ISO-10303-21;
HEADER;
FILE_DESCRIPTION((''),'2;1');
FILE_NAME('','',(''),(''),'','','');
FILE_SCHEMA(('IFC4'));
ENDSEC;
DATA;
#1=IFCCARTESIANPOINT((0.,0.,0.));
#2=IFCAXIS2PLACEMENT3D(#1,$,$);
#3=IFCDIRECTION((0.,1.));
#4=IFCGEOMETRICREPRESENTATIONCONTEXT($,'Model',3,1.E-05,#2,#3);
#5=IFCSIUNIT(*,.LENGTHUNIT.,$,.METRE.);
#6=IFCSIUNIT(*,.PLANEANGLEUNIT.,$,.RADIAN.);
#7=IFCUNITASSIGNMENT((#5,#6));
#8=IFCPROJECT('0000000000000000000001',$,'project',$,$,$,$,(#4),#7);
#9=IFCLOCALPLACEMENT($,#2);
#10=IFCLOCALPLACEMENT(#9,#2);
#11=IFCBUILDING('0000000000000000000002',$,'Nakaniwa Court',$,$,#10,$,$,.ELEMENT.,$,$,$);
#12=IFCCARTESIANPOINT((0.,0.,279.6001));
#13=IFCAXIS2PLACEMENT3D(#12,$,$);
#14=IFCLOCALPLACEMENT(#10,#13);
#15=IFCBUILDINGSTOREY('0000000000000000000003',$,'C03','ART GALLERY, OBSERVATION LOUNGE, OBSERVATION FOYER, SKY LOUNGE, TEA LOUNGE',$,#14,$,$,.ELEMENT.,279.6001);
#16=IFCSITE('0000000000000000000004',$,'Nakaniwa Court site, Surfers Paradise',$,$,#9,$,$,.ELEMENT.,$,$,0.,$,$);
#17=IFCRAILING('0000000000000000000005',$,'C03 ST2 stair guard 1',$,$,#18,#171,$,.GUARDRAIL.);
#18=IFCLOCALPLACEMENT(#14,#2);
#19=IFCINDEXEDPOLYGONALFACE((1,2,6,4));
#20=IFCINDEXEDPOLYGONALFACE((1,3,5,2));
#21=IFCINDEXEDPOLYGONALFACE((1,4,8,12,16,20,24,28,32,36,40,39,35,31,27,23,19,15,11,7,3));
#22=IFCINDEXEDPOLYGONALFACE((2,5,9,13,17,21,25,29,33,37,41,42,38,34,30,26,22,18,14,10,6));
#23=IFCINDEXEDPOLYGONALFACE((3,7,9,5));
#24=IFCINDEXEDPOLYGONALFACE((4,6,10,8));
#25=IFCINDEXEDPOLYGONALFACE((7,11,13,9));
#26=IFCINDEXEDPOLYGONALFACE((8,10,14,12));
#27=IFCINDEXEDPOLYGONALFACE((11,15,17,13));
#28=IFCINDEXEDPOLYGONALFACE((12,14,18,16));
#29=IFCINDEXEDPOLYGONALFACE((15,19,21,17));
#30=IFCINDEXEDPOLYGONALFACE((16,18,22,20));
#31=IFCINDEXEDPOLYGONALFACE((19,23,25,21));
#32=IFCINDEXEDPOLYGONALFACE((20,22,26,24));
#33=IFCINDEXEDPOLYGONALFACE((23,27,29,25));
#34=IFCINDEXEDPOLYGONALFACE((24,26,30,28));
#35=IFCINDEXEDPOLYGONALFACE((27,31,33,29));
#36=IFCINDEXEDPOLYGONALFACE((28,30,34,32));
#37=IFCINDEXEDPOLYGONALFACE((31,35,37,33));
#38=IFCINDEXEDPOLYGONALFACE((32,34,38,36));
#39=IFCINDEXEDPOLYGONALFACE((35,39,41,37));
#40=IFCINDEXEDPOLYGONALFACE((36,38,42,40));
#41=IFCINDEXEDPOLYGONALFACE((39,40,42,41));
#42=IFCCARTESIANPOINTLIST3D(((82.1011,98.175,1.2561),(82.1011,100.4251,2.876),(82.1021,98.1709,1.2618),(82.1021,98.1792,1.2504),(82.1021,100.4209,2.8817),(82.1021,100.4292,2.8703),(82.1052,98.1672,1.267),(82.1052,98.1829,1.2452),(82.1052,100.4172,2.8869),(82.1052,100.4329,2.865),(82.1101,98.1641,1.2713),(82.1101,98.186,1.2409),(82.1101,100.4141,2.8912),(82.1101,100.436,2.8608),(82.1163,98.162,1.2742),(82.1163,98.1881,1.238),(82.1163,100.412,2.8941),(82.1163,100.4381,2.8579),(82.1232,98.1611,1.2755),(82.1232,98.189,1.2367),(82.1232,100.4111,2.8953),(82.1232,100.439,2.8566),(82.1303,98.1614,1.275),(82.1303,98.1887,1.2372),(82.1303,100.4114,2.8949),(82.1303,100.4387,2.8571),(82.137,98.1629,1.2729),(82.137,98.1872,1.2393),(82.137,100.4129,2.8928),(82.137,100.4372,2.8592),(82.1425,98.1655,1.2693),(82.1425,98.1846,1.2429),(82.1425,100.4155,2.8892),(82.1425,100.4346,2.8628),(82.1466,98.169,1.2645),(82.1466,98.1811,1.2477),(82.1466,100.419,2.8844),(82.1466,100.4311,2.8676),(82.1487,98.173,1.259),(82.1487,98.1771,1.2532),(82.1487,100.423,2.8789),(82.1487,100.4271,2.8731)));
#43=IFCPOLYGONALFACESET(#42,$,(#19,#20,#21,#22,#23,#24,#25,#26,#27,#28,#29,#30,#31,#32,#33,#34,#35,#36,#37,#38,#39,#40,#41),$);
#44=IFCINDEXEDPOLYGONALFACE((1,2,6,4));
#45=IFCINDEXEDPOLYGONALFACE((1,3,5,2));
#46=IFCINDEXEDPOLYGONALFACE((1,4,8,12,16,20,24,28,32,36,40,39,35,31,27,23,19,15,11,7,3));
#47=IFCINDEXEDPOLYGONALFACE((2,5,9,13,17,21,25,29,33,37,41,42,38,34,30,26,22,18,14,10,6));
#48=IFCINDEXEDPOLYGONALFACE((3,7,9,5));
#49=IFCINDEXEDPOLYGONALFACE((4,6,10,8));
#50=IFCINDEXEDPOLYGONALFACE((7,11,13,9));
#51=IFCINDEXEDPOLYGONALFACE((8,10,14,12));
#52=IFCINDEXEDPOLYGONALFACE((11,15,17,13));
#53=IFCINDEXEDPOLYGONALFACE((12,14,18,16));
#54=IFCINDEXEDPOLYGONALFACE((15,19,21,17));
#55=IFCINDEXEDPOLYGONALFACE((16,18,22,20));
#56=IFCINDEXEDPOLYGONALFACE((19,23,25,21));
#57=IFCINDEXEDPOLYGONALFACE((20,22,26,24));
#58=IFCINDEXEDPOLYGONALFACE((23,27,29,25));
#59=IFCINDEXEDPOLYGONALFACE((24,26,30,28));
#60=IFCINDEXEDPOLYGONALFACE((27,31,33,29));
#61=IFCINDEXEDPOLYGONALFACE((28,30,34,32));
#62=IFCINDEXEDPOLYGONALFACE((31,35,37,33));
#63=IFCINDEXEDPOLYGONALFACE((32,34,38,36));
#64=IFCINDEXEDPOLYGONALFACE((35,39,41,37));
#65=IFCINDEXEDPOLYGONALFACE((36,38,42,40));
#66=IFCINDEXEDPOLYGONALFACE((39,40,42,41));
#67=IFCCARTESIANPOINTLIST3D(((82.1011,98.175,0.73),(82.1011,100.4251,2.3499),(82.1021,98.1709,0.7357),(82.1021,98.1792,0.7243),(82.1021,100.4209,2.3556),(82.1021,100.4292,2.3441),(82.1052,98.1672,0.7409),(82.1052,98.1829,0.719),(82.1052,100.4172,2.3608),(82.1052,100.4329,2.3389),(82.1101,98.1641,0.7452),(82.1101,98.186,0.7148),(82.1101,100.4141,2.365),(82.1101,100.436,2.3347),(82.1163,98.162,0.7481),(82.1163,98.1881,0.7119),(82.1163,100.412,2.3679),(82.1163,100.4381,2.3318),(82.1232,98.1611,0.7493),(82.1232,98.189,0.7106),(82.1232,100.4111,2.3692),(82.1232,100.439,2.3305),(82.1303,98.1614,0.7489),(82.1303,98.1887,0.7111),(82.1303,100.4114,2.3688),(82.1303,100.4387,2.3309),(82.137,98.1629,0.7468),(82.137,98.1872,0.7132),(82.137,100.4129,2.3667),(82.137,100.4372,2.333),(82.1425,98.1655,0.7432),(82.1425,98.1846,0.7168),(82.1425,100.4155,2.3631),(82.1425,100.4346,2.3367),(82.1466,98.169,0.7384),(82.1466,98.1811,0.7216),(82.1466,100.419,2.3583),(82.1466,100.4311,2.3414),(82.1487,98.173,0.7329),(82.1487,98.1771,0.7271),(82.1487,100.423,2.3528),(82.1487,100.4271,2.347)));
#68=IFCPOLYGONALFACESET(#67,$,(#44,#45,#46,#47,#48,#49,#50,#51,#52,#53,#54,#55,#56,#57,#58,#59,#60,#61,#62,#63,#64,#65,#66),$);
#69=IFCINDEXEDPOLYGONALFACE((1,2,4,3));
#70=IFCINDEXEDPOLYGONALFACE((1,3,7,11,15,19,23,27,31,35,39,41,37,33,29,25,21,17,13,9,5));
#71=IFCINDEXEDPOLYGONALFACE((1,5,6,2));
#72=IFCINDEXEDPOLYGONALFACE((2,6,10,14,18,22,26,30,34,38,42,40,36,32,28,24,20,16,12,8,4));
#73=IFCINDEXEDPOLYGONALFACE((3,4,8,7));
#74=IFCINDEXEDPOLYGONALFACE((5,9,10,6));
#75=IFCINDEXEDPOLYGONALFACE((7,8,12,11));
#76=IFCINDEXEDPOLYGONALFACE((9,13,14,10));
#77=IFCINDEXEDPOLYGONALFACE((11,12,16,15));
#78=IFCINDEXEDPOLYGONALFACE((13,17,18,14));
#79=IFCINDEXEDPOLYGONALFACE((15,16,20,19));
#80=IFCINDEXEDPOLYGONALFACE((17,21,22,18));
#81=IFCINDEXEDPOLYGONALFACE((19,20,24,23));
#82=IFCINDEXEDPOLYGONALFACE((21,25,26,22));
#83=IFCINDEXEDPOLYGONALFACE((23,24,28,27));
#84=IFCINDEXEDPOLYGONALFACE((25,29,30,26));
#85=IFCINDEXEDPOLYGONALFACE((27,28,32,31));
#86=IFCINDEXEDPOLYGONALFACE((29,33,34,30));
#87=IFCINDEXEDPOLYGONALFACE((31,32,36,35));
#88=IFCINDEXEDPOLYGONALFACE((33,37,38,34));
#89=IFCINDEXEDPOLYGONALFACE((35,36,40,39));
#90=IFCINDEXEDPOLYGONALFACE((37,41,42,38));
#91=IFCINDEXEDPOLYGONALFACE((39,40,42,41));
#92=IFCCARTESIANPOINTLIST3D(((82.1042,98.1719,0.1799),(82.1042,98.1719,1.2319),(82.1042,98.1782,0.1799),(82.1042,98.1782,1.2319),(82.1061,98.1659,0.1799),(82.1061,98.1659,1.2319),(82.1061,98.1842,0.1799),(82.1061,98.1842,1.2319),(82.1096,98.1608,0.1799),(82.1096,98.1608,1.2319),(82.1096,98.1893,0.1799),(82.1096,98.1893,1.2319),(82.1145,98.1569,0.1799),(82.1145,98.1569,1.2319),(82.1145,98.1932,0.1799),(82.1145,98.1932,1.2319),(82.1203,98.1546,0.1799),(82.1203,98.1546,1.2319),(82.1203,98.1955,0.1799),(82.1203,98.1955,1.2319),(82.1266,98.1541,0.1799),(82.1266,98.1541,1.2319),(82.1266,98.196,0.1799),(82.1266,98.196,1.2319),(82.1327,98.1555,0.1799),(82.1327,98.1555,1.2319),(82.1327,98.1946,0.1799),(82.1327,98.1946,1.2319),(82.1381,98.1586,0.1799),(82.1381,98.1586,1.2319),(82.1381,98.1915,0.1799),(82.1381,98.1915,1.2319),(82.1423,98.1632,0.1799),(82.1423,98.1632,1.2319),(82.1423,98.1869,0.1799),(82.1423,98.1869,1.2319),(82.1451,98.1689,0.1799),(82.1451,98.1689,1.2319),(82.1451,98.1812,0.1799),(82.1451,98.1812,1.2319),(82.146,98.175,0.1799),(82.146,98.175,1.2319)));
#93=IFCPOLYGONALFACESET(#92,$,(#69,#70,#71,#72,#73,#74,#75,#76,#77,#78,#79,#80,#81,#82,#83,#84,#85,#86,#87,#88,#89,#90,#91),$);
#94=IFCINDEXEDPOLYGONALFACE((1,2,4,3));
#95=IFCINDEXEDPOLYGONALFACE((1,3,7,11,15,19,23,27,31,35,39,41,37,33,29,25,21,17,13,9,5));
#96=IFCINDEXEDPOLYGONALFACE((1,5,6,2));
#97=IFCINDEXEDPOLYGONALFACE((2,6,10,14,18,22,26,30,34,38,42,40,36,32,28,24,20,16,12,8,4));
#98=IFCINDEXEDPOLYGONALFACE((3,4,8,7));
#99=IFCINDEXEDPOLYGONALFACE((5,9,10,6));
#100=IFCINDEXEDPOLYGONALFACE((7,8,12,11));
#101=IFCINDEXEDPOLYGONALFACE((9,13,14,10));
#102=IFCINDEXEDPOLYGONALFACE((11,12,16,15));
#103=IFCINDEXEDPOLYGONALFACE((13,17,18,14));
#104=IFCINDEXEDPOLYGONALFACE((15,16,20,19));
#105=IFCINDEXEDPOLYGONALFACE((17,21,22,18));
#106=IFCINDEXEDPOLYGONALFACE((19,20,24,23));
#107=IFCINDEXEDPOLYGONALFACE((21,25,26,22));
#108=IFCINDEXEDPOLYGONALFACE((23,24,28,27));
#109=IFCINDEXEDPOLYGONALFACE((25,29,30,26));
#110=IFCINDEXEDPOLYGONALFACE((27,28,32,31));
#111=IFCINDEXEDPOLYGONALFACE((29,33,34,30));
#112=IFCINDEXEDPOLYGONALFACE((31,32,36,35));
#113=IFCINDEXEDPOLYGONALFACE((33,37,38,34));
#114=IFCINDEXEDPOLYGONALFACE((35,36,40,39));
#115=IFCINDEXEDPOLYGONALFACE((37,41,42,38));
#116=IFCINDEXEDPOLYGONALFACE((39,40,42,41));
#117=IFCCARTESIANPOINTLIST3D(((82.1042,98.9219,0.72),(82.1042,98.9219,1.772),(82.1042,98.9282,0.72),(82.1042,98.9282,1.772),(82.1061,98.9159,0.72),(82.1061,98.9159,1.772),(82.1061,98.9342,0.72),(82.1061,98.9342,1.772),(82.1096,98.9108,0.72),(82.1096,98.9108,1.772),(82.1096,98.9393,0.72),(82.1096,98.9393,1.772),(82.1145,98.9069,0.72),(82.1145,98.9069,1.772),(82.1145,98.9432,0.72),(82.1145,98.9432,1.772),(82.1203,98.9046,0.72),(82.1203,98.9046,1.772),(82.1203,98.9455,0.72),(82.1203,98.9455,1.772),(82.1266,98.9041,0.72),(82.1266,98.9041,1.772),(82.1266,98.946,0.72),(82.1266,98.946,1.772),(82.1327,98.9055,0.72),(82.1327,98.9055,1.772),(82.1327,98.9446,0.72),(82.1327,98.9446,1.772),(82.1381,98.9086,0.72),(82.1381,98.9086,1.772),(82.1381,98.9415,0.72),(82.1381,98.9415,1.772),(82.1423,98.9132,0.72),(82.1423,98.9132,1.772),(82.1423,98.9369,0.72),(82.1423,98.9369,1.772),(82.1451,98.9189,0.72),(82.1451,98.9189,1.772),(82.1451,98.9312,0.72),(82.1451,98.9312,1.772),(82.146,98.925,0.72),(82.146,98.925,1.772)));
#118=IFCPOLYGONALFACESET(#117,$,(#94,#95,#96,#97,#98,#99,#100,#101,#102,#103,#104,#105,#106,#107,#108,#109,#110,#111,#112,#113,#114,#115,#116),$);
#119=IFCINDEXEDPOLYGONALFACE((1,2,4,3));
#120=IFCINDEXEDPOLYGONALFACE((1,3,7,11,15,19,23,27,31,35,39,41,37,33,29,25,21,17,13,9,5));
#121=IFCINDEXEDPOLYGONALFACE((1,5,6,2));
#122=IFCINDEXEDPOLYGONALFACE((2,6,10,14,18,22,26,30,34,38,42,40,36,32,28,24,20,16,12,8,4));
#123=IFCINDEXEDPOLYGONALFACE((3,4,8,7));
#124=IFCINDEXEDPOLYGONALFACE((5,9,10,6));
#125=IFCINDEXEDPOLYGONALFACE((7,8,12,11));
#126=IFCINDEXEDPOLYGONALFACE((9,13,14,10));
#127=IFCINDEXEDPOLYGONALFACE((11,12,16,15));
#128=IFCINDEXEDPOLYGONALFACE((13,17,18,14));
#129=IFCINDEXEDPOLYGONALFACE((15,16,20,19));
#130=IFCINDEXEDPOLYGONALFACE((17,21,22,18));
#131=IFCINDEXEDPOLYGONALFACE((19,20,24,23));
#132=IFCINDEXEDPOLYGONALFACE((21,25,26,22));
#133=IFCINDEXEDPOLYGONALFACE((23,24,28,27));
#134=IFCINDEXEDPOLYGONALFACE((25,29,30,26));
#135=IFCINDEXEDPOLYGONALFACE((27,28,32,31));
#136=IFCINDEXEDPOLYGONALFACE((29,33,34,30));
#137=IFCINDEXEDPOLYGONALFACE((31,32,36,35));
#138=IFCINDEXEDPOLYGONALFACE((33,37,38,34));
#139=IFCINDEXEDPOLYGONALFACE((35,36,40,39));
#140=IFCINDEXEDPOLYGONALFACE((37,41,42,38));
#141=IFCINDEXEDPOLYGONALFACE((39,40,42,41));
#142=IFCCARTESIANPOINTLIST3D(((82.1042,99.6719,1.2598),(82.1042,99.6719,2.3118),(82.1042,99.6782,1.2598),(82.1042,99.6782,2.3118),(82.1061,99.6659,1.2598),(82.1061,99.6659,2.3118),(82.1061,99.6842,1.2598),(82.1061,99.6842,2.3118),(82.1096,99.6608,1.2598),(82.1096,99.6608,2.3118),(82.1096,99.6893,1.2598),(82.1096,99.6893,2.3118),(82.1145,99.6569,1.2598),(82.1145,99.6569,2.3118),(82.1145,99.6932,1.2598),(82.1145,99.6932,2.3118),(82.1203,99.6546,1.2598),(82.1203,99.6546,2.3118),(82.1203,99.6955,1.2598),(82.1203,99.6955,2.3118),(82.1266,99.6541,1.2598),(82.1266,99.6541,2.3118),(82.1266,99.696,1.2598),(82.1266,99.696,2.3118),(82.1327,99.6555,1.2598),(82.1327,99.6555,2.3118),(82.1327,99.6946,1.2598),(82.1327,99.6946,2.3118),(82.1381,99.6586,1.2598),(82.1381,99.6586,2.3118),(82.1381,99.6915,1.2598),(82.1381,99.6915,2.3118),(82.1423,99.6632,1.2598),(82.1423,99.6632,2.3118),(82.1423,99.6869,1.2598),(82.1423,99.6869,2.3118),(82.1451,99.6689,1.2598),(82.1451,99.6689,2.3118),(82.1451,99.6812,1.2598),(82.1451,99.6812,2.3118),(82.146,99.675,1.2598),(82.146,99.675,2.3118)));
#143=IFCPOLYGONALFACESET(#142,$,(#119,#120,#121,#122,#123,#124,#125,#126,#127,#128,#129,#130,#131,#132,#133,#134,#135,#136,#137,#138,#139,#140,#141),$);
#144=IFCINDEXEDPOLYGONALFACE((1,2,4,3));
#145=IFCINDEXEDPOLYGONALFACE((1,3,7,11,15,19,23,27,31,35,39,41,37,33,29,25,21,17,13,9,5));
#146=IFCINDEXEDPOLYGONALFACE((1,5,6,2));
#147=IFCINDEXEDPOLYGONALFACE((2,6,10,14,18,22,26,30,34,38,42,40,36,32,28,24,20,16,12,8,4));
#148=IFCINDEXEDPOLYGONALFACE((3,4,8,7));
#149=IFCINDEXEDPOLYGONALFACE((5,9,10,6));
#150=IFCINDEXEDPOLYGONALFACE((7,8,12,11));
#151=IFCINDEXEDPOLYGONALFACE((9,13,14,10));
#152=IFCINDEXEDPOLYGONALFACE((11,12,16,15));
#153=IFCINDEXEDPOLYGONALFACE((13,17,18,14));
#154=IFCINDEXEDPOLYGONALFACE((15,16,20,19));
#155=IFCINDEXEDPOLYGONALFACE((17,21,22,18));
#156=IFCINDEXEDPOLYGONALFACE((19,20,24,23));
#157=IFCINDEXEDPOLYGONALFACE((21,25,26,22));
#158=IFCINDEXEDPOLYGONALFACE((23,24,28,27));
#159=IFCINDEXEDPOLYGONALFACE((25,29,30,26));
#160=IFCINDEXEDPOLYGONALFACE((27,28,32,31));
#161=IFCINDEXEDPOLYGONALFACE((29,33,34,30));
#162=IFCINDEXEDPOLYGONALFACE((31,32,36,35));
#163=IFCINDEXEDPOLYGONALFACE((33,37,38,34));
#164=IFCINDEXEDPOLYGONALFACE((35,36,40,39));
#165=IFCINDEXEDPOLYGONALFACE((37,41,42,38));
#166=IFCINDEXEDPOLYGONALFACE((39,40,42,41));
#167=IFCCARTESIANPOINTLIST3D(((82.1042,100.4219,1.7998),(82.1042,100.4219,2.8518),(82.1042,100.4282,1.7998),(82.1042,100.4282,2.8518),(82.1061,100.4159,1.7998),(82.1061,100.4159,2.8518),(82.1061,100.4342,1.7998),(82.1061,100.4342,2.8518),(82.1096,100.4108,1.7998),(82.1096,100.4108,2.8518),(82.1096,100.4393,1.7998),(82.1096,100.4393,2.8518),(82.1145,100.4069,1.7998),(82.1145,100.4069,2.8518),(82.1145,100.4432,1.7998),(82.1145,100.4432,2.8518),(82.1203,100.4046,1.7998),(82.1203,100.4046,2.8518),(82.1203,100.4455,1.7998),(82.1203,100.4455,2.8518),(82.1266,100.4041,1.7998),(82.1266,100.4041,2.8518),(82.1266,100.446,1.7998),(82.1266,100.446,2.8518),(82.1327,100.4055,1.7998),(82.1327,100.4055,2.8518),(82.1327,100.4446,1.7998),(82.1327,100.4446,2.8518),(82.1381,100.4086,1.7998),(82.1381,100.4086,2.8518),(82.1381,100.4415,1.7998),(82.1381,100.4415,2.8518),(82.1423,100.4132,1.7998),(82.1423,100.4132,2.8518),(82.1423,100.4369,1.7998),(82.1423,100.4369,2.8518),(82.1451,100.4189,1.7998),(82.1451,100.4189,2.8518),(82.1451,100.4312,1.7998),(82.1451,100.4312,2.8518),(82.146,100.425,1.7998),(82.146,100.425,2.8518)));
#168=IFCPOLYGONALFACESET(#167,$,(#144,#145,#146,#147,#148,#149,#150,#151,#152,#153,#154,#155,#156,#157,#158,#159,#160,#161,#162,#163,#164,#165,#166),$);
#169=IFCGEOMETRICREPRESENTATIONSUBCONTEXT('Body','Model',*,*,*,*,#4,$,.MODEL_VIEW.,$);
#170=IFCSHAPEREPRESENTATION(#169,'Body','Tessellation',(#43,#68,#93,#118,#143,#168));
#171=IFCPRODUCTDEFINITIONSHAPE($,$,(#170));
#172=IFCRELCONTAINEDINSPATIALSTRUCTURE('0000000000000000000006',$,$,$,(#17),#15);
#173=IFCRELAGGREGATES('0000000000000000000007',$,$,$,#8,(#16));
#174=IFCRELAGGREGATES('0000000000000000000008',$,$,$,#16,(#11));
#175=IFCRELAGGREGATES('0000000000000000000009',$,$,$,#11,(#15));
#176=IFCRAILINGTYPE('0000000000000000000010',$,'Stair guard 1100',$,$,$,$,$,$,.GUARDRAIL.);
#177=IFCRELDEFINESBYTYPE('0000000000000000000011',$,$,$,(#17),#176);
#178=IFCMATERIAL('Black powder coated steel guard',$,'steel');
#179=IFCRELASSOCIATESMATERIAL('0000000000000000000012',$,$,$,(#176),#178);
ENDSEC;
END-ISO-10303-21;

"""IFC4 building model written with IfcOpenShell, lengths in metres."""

from ifc_helpers import new_model, si_unit, direction, frame, origin, origin_2d, place, context, subcontext, project, spatial, circle, extrude, material, type_object, element, save


model = new_model("IFC4")

# Units and contexts
model_context = context("Model", 3, precision=1e-05, world=origin(), true_north=direction((0.0, 1.0)))
body_context = subcontext(model_context, "Body", "Model", "MODEL_VIEW")
ifc_project = project(units=[si_unit("LENGTHUNIT", "METRE"), si_unit("PLANEANGLEUNIT", "RADIAN")], contexts=[model_context])

# Site, building, storey
site_placement = place(None, origin())
site = spatial("IfcSite", under=ifc_project, at=site_placement, Name="Nakaniwa Court site, Surfers Paradise", CompositionType="ELEMENT", RefElevation=0.0)
building_placement = place(site_placement, origin())
building = spatial("IfcBuilding", under=site, at=building_placement, Name="Nakaniwa Court", CompositionType="ELEMENT")
storey_placement = place(building_placement, frame((0.0, 0.0, 279.6001)))
storey = spatial("IfcBuildingStorey", under=building, at=storey_placement, Name="C03", Description="ART GALLERY, OBSERVATION LOUNGE, OBSERVATION FOYER, SKY LOUNGE, TEA LOUNGE", CompositionType="ELEMENT", Elevation=279.6001)

# Railing
ifc_material_1 = material(Name="Black powder coated steel guard", Category="steel")
railing_type_1 = type_object("IfcRailingType", Name="Stair guard 1100", PredefinedType="GUARDRAIL", material=ifc_material_1)
railing_1_placement = place(storey_placement, frame((82.125, 98.175, 0.1799)))
element("IfcRailing", 1, at=railing_1_placement, inside=storey, type_object=railing_type_1, Name="C03 ST2 stair guard 1", PredefinedType="GUARDRAIL", context=body_context, shape_type="SweptSolid", body=[
    extrude(circle(Radius=0.0239, at=origin_2d()), frame((0.0, 0.0, 1.0762), z_axis=(0.0, 0.811556, 0.584275), x_axis=(-1.0, 0.0, 0.0)), (0.0, 0.0, 1.0), 2.7725),
    extrude(circle(Radius=0.0239, at=origin_2d()), frame((0.0, 0.0, 0.55), z_axis=(0.0, 0.811556, 0.584275), x_axis=(-1.0, 0.0, 0.0)), (0.0, 0.0, 1.0), 2.7725),
    extrude(circle(Radius=0.021, at=origin_2d()), origin(), (0.0, 0.0, 1.0), 1.052),
    extrude(circle(Radius=0.021, at=origin_2d()), frame((0.0, 0.75, 0.54)), (0.0, 0.0, 1.0), 1.052),
    extrude(circle(Radius=0.021, at=origin_2d()), frame((0.0, 1.5, 1.0798)), (0.0, 0.0, 1.0), 1.052),
    extrude(circle(Radius=0.021, at=origin_2d()), frame((0.0, 2.25, 1.6199)), (0.0, 0.0, 1.0), 1.052),
])

save(model, "model.ifc")
